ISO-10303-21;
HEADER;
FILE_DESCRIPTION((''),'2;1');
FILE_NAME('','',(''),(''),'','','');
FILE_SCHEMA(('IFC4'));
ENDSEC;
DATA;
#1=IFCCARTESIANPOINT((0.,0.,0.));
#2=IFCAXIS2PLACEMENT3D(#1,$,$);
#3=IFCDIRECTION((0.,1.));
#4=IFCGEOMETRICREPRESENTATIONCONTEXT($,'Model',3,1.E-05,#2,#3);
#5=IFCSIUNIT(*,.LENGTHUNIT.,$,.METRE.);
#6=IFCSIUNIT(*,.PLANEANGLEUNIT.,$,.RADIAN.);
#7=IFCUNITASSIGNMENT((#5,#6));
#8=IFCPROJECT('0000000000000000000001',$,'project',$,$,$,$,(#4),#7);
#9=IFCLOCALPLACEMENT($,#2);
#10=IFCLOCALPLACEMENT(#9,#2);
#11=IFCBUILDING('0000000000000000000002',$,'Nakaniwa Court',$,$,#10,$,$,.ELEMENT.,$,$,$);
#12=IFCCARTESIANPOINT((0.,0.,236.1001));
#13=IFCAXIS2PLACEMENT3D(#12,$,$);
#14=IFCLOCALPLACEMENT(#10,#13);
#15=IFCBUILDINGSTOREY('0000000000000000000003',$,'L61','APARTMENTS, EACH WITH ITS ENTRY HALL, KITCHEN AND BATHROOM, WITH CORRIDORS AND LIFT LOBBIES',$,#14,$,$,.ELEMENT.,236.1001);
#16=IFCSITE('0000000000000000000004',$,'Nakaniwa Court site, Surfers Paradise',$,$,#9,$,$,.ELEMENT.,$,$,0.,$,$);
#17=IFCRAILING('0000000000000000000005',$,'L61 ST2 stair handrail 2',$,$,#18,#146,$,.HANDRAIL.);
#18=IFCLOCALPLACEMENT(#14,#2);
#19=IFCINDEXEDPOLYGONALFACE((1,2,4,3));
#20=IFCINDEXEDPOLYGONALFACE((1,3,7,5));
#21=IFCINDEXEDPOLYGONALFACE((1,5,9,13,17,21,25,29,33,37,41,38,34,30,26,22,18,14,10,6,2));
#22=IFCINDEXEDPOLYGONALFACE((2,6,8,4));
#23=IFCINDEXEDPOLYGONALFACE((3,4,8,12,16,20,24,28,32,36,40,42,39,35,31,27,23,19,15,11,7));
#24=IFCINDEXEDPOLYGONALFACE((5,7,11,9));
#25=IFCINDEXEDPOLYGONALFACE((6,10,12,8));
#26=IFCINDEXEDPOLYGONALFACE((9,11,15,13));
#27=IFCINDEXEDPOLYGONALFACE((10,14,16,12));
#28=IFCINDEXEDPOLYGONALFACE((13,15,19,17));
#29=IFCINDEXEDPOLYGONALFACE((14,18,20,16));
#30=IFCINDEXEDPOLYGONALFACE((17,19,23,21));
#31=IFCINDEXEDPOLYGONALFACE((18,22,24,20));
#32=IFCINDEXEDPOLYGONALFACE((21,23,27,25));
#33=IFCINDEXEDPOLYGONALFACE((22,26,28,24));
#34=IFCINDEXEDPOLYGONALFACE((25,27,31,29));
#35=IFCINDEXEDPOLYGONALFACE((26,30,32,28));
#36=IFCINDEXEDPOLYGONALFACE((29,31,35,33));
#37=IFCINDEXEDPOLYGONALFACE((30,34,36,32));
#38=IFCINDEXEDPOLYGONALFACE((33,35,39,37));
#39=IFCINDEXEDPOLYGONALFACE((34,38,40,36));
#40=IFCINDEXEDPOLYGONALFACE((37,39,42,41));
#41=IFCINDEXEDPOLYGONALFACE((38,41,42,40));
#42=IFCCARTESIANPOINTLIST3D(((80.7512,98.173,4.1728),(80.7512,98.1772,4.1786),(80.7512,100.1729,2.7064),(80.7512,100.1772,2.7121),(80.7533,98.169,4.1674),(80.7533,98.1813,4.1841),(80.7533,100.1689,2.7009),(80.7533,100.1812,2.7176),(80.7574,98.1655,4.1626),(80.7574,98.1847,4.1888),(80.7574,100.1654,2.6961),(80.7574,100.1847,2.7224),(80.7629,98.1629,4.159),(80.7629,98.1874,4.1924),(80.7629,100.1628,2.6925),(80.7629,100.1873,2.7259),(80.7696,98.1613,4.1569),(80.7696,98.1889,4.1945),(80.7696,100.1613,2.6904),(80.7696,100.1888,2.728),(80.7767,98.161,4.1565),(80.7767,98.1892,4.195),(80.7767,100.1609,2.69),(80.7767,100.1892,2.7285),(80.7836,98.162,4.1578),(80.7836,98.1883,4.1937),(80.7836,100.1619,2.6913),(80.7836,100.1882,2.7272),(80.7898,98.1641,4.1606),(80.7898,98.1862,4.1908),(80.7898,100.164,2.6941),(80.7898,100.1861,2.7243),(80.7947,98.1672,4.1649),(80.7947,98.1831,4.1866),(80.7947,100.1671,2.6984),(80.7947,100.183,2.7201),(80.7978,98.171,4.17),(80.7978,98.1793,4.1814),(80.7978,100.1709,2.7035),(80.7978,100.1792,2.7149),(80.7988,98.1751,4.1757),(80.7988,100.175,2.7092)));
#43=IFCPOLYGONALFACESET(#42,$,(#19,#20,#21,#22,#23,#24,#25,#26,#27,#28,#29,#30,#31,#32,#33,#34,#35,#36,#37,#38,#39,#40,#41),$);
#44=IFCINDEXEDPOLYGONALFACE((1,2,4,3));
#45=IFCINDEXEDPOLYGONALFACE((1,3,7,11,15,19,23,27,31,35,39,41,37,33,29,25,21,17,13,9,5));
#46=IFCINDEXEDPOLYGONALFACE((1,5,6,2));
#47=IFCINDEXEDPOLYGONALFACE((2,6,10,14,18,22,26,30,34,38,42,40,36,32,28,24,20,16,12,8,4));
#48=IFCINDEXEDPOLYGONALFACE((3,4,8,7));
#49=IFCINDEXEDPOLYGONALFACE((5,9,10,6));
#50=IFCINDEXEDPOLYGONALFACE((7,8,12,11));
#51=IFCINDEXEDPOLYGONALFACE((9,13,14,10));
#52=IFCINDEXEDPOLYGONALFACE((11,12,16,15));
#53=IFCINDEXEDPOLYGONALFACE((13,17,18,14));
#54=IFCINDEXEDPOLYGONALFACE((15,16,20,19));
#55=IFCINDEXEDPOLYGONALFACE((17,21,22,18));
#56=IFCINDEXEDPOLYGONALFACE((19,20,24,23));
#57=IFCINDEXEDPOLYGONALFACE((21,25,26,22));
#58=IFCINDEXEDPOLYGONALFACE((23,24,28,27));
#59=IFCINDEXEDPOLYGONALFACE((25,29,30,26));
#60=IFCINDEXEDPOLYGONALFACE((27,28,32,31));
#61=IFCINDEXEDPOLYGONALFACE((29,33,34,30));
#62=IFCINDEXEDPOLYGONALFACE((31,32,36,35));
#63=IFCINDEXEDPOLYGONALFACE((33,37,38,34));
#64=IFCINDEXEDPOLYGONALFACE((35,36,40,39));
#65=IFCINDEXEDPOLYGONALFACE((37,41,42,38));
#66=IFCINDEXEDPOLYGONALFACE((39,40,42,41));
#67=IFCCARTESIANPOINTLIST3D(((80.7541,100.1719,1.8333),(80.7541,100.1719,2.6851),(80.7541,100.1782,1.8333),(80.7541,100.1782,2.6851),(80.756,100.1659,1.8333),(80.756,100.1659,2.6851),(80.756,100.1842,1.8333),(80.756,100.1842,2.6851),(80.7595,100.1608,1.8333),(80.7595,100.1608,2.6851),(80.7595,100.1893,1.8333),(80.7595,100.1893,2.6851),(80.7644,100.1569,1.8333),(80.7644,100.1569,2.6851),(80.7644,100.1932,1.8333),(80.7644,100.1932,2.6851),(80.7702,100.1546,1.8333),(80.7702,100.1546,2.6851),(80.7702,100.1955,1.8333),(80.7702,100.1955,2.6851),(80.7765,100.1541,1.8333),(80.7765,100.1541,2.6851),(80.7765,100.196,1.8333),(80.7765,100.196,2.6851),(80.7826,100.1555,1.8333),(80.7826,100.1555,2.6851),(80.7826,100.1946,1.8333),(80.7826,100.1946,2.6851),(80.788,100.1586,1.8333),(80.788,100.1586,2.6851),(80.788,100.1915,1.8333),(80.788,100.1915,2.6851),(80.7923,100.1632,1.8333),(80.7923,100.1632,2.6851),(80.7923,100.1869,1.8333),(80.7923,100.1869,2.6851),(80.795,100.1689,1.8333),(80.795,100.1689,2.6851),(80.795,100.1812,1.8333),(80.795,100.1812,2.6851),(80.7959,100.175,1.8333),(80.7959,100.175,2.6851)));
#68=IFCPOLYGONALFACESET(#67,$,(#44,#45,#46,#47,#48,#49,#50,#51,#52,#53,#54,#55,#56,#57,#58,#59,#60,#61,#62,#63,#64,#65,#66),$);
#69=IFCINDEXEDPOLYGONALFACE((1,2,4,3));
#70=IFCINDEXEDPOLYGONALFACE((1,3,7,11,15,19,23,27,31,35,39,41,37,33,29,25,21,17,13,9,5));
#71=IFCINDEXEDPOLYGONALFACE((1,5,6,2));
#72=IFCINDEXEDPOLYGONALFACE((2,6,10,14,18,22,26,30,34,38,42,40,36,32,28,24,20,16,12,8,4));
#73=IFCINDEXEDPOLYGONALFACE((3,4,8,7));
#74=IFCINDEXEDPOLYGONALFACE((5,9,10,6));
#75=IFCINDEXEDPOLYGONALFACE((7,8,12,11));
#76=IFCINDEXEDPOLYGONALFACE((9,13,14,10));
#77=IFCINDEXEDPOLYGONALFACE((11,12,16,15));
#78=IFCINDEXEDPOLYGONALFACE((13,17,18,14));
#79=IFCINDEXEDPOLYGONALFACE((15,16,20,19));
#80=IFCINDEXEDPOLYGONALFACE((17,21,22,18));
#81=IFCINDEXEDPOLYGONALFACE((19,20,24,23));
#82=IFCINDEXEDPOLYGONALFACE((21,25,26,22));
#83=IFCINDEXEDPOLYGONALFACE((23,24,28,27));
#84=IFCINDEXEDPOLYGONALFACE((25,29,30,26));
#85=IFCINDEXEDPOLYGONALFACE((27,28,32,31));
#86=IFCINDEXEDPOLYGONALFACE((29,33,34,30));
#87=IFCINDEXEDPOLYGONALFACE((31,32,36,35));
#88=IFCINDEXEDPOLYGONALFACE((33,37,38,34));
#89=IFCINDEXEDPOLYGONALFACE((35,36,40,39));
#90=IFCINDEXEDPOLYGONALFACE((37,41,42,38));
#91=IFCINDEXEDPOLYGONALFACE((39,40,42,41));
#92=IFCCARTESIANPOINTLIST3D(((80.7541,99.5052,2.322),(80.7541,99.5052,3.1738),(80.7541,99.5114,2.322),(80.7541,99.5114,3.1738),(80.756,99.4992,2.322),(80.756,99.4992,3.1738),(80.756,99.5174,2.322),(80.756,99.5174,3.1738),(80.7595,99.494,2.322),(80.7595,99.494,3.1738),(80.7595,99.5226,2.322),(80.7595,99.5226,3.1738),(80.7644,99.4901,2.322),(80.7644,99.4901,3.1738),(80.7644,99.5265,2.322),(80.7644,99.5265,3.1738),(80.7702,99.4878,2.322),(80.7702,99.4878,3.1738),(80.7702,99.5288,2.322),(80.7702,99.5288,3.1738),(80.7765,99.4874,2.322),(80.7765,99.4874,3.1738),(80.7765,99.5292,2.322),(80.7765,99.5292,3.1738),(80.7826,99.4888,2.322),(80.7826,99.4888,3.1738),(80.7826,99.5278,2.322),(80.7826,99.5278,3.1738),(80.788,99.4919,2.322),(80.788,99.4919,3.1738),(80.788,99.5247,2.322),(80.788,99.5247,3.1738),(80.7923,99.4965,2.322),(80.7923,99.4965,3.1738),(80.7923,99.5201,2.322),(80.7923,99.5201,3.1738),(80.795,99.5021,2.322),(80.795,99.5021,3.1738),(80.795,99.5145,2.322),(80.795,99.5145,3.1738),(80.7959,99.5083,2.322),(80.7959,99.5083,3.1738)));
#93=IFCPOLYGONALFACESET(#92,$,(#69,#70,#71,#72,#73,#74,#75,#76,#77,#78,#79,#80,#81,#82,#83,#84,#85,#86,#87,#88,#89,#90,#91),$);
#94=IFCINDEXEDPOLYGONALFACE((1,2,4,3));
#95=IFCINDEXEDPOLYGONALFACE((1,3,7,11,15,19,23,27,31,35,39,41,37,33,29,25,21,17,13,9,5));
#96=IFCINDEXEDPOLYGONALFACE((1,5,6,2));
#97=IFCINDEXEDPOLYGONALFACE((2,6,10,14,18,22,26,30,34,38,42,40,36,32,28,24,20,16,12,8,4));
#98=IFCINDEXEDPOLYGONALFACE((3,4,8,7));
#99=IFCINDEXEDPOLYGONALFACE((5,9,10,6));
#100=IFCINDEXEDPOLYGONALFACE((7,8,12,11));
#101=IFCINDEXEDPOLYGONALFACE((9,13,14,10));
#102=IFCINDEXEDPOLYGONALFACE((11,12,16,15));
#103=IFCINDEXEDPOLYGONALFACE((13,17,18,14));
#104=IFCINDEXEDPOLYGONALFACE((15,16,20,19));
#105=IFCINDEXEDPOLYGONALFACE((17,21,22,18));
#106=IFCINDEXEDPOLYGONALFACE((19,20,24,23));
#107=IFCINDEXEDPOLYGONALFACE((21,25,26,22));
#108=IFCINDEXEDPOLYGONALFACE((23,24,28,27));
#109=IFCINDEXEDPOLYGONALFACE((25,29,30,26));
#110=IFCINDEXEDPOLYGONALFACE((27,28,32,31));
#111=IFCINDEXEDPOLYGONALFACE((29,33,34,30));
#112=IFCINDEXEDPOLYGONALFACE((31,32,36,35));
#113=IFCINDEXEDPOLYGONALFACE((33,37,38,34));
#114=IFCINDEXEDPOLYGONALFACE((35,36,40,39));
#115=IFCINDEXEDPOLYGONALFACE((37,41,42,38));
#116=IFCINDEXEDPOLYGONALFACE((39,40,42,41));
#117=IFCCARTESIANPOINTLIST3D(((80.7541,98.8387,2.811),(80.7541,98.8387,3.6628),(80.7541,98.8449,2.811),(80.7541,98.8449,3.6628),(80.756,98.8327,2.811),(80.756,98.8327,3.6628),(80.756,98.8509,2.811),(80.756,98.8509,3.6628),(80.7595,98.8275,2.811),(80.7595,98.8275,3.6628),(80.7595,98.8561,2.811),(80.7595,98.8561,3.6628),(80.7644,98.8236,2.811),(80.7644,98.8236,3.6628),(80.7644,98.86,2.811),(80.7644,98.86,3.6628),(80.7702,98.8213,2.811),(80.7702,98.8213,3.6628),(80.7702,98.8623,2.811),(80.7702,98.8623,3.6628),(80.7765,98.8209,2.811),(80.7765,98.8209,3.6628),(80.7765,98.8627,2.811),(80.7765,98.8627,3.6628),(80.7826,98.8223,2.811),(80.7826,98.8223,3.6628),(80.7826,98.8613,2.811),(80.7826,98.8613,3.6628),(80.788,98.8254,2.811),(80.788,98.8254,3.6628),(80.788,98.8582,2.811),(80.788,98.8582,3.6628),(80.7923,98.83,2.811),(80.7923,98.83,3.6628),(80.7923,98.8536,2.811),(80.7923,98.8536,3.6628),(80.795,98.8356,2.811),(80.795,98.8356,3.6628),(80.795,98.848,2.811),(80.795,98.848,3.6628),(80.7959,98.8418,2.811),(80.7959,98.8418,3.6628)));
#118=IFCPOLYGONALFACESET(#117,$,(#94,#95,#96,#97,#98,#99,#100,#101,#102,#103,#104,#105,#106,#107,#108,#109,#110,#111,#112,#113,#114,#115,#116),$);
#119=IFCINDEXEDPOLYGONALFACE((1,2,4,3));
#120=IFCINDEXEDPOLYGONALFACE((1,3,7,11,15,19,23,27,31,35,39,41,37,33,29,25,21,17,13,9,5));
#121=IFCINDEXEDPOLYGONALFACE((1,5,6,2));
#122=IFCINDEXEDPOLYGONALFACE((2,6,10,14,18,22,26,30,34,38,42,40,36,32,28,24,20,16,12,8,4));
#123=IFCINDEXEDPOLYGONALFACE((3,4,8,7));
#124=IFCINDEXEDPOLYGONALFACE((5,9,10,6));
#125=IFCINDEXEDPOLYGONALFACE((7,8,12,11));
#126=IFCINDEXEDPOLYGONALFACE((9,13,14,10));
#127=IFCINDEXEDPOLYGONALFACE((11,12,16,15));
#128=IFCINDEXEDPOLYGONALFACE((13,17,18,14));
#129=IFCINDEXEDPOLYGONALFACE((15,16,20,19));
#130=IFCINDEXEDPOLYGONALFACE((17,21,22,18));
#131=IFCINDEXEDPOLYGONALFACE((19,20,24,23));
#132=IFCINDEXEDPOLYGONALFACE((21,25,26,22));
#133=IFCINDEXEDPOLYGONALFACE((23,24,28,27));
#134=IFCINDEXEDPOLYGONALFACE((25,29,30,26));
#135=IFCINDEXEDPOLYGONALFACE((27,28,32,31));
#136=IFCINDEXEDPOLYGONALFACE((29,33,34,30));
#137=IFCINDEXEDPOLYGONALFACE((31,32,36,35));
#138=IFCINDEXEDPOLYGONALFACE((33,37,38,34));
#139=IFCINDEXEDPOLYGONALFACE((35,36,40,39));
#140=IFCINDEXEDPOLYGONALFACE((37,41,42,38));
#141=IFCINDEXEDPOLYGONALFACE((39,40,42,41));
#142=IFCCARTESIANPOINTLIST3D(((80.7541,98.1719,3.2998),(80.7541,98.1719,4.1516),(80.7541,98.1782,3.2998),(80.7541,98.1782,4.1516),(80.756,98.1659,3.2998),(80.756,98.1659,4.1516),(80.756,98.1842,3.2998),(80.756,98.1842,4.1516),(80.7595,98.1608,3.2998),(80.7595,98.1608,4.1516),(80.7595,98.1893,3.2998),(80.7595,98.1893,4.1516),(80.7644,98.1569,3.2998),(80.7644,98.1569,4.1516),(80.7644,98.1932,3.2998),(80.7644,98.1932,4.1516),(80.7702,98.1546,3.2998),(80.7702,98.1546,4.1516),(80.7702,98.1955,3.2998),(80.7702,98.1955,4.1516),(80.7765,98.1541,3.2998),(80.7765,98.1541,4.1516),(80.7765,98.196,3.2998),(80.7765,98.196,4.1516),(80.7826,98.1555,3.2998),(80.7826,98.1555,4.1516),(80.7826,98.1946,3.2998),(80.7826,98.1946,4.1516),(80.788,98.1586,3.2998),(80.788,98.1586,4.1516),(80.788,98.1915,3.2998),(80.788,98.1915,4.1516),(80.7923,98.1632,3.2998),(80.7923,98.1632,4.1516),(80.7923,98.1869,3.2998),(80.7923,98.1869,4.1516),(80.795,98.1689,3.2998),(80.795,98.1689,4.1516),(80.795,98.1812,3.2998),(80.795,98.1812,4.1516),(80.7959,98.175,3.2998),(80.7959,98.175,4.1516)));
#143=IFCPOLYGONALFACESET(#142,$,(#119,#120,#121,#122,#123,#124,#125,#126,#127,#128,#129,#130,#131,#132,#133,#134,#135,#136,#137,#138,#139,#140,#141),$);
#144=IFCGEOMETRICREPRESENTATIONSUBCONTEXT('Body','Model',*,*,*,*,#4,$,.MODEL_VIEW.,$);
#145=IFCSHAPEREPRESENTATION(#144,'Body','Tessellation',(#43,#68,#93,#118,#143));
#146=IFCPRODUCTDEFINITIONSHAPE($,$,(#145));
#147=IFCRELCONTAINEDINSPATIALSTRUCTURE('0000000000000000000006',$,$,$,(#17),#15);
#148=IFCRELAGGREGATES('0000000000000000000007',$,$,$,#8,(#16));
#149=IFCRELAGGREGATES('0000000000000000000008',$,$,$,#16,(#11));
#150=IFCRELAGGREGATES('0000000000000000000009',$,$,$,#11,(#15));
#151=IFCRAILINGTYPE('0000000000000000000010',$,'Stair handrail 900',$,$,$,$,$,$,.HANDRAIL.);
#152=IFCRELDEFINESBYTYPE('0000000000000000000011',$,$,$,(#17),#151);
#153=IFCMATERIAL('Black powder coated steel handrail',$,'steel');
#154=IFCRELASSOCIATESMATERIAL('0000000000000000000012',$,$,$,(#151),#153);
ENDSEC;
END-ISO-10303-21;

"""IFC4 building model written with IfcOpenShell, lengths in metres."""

from ifc_helpers import new_model, si_unit, direction, frame, origin, origin_2d, place, context, subcontext, project, spatial, circle, extrude, material, type_object, element, save


model = new_model("IFC4")

# Units and contexts
model_context = context("Model", 3, precision=1e-05, world=origin(), true_north=direction((0.0, 1.0)))
body_context = subcontext(model_context, "Body", "Model", "MODEL_VIEW")
ifc_project = project(units=[si_unit("LENGTHUNIT", "METRE"), si_unit("PLANEANGLEUNIT", "RADIAN")], contexts=[model_context])

# Site, building, storey
site_placement = place(None, origin())
site = spatial("IfcSite", under=ifc_project, at=site_placement, Name="Nakaniwa Court site, Surfers Paradise", CompositionType="ELEMENT", RefElevation=0.0)
building_placement = place(site_placement, origin())
building = spatial("IfcBuilding", under=site, at=building_placement, Name="Nakaniwa Court", CompositionType="ELEMENT")
storey_placement = place(building_placement, frame((0.0, 0.0, 236.1001)))
storey = spatial("IfcBuildingStorey", under=building, at=storey_placement, Name="L61", Description="APARTMENTS, EACH WITH ITS ENTRY HALL, KITCHEN AND BATHROOM, WITH CORRIDORS AND LIFT LOBBIES", CompositionType="ELEMENT", Elevation=236.1001)

# Railing
ifc_material_1 = material(Name="Black powder coated steel handrail", Category="steel")
railing_type_1 = type_object("IfcRailingType", Name="Stair handrail 900", PredefinedType="HANDRAIL", material=ifc_material_1)
railing_1_placement = place(storey_placement, frame((80.7749, 100.175, 1.8333)))
element("IfcRailing", 1, at=railing_1_placement, inside=storey, type_object=railing_type_1, Name="L61 ST2 stair handrail 2", PredefinedType="HANDRAIL", context=body_context, shape_type="SweptSolid", body=[
    extrude(circle(Radius=0.0239, at=origin_2d()), frame((0.0, 0.0, 0.876), z_axis=(0.0, -0.806427, 0.591334), x_axis=(1.0, 0.0, 0.0)), (0.0, 0.0, 1.0), 2.48),
    extrude(circle(Radius=0.021, at=origin_2d()), origin(), (0.0, 0.0, 1.0), 0.8518),
    extrude(circle(Radius=0.021, at=origin_2d()), frame((0.0, -0.6667, 0.4888)), (0.0, 0.0, 1.0), 0.8518),
    extrude(circle(Radius=0.021, at=origin_2d()), frame((0.0, -1.3333, 0.9778)), (0.0, 0.0, 1.0), 0.8518),
    extrude(circle(Radius=0.021, at=origin_2d()), frame((0.0, -2.0, 1.4666)), (0.0, 0.0, 1.0), 0.8518),
])

save(model, "model.ifc")
